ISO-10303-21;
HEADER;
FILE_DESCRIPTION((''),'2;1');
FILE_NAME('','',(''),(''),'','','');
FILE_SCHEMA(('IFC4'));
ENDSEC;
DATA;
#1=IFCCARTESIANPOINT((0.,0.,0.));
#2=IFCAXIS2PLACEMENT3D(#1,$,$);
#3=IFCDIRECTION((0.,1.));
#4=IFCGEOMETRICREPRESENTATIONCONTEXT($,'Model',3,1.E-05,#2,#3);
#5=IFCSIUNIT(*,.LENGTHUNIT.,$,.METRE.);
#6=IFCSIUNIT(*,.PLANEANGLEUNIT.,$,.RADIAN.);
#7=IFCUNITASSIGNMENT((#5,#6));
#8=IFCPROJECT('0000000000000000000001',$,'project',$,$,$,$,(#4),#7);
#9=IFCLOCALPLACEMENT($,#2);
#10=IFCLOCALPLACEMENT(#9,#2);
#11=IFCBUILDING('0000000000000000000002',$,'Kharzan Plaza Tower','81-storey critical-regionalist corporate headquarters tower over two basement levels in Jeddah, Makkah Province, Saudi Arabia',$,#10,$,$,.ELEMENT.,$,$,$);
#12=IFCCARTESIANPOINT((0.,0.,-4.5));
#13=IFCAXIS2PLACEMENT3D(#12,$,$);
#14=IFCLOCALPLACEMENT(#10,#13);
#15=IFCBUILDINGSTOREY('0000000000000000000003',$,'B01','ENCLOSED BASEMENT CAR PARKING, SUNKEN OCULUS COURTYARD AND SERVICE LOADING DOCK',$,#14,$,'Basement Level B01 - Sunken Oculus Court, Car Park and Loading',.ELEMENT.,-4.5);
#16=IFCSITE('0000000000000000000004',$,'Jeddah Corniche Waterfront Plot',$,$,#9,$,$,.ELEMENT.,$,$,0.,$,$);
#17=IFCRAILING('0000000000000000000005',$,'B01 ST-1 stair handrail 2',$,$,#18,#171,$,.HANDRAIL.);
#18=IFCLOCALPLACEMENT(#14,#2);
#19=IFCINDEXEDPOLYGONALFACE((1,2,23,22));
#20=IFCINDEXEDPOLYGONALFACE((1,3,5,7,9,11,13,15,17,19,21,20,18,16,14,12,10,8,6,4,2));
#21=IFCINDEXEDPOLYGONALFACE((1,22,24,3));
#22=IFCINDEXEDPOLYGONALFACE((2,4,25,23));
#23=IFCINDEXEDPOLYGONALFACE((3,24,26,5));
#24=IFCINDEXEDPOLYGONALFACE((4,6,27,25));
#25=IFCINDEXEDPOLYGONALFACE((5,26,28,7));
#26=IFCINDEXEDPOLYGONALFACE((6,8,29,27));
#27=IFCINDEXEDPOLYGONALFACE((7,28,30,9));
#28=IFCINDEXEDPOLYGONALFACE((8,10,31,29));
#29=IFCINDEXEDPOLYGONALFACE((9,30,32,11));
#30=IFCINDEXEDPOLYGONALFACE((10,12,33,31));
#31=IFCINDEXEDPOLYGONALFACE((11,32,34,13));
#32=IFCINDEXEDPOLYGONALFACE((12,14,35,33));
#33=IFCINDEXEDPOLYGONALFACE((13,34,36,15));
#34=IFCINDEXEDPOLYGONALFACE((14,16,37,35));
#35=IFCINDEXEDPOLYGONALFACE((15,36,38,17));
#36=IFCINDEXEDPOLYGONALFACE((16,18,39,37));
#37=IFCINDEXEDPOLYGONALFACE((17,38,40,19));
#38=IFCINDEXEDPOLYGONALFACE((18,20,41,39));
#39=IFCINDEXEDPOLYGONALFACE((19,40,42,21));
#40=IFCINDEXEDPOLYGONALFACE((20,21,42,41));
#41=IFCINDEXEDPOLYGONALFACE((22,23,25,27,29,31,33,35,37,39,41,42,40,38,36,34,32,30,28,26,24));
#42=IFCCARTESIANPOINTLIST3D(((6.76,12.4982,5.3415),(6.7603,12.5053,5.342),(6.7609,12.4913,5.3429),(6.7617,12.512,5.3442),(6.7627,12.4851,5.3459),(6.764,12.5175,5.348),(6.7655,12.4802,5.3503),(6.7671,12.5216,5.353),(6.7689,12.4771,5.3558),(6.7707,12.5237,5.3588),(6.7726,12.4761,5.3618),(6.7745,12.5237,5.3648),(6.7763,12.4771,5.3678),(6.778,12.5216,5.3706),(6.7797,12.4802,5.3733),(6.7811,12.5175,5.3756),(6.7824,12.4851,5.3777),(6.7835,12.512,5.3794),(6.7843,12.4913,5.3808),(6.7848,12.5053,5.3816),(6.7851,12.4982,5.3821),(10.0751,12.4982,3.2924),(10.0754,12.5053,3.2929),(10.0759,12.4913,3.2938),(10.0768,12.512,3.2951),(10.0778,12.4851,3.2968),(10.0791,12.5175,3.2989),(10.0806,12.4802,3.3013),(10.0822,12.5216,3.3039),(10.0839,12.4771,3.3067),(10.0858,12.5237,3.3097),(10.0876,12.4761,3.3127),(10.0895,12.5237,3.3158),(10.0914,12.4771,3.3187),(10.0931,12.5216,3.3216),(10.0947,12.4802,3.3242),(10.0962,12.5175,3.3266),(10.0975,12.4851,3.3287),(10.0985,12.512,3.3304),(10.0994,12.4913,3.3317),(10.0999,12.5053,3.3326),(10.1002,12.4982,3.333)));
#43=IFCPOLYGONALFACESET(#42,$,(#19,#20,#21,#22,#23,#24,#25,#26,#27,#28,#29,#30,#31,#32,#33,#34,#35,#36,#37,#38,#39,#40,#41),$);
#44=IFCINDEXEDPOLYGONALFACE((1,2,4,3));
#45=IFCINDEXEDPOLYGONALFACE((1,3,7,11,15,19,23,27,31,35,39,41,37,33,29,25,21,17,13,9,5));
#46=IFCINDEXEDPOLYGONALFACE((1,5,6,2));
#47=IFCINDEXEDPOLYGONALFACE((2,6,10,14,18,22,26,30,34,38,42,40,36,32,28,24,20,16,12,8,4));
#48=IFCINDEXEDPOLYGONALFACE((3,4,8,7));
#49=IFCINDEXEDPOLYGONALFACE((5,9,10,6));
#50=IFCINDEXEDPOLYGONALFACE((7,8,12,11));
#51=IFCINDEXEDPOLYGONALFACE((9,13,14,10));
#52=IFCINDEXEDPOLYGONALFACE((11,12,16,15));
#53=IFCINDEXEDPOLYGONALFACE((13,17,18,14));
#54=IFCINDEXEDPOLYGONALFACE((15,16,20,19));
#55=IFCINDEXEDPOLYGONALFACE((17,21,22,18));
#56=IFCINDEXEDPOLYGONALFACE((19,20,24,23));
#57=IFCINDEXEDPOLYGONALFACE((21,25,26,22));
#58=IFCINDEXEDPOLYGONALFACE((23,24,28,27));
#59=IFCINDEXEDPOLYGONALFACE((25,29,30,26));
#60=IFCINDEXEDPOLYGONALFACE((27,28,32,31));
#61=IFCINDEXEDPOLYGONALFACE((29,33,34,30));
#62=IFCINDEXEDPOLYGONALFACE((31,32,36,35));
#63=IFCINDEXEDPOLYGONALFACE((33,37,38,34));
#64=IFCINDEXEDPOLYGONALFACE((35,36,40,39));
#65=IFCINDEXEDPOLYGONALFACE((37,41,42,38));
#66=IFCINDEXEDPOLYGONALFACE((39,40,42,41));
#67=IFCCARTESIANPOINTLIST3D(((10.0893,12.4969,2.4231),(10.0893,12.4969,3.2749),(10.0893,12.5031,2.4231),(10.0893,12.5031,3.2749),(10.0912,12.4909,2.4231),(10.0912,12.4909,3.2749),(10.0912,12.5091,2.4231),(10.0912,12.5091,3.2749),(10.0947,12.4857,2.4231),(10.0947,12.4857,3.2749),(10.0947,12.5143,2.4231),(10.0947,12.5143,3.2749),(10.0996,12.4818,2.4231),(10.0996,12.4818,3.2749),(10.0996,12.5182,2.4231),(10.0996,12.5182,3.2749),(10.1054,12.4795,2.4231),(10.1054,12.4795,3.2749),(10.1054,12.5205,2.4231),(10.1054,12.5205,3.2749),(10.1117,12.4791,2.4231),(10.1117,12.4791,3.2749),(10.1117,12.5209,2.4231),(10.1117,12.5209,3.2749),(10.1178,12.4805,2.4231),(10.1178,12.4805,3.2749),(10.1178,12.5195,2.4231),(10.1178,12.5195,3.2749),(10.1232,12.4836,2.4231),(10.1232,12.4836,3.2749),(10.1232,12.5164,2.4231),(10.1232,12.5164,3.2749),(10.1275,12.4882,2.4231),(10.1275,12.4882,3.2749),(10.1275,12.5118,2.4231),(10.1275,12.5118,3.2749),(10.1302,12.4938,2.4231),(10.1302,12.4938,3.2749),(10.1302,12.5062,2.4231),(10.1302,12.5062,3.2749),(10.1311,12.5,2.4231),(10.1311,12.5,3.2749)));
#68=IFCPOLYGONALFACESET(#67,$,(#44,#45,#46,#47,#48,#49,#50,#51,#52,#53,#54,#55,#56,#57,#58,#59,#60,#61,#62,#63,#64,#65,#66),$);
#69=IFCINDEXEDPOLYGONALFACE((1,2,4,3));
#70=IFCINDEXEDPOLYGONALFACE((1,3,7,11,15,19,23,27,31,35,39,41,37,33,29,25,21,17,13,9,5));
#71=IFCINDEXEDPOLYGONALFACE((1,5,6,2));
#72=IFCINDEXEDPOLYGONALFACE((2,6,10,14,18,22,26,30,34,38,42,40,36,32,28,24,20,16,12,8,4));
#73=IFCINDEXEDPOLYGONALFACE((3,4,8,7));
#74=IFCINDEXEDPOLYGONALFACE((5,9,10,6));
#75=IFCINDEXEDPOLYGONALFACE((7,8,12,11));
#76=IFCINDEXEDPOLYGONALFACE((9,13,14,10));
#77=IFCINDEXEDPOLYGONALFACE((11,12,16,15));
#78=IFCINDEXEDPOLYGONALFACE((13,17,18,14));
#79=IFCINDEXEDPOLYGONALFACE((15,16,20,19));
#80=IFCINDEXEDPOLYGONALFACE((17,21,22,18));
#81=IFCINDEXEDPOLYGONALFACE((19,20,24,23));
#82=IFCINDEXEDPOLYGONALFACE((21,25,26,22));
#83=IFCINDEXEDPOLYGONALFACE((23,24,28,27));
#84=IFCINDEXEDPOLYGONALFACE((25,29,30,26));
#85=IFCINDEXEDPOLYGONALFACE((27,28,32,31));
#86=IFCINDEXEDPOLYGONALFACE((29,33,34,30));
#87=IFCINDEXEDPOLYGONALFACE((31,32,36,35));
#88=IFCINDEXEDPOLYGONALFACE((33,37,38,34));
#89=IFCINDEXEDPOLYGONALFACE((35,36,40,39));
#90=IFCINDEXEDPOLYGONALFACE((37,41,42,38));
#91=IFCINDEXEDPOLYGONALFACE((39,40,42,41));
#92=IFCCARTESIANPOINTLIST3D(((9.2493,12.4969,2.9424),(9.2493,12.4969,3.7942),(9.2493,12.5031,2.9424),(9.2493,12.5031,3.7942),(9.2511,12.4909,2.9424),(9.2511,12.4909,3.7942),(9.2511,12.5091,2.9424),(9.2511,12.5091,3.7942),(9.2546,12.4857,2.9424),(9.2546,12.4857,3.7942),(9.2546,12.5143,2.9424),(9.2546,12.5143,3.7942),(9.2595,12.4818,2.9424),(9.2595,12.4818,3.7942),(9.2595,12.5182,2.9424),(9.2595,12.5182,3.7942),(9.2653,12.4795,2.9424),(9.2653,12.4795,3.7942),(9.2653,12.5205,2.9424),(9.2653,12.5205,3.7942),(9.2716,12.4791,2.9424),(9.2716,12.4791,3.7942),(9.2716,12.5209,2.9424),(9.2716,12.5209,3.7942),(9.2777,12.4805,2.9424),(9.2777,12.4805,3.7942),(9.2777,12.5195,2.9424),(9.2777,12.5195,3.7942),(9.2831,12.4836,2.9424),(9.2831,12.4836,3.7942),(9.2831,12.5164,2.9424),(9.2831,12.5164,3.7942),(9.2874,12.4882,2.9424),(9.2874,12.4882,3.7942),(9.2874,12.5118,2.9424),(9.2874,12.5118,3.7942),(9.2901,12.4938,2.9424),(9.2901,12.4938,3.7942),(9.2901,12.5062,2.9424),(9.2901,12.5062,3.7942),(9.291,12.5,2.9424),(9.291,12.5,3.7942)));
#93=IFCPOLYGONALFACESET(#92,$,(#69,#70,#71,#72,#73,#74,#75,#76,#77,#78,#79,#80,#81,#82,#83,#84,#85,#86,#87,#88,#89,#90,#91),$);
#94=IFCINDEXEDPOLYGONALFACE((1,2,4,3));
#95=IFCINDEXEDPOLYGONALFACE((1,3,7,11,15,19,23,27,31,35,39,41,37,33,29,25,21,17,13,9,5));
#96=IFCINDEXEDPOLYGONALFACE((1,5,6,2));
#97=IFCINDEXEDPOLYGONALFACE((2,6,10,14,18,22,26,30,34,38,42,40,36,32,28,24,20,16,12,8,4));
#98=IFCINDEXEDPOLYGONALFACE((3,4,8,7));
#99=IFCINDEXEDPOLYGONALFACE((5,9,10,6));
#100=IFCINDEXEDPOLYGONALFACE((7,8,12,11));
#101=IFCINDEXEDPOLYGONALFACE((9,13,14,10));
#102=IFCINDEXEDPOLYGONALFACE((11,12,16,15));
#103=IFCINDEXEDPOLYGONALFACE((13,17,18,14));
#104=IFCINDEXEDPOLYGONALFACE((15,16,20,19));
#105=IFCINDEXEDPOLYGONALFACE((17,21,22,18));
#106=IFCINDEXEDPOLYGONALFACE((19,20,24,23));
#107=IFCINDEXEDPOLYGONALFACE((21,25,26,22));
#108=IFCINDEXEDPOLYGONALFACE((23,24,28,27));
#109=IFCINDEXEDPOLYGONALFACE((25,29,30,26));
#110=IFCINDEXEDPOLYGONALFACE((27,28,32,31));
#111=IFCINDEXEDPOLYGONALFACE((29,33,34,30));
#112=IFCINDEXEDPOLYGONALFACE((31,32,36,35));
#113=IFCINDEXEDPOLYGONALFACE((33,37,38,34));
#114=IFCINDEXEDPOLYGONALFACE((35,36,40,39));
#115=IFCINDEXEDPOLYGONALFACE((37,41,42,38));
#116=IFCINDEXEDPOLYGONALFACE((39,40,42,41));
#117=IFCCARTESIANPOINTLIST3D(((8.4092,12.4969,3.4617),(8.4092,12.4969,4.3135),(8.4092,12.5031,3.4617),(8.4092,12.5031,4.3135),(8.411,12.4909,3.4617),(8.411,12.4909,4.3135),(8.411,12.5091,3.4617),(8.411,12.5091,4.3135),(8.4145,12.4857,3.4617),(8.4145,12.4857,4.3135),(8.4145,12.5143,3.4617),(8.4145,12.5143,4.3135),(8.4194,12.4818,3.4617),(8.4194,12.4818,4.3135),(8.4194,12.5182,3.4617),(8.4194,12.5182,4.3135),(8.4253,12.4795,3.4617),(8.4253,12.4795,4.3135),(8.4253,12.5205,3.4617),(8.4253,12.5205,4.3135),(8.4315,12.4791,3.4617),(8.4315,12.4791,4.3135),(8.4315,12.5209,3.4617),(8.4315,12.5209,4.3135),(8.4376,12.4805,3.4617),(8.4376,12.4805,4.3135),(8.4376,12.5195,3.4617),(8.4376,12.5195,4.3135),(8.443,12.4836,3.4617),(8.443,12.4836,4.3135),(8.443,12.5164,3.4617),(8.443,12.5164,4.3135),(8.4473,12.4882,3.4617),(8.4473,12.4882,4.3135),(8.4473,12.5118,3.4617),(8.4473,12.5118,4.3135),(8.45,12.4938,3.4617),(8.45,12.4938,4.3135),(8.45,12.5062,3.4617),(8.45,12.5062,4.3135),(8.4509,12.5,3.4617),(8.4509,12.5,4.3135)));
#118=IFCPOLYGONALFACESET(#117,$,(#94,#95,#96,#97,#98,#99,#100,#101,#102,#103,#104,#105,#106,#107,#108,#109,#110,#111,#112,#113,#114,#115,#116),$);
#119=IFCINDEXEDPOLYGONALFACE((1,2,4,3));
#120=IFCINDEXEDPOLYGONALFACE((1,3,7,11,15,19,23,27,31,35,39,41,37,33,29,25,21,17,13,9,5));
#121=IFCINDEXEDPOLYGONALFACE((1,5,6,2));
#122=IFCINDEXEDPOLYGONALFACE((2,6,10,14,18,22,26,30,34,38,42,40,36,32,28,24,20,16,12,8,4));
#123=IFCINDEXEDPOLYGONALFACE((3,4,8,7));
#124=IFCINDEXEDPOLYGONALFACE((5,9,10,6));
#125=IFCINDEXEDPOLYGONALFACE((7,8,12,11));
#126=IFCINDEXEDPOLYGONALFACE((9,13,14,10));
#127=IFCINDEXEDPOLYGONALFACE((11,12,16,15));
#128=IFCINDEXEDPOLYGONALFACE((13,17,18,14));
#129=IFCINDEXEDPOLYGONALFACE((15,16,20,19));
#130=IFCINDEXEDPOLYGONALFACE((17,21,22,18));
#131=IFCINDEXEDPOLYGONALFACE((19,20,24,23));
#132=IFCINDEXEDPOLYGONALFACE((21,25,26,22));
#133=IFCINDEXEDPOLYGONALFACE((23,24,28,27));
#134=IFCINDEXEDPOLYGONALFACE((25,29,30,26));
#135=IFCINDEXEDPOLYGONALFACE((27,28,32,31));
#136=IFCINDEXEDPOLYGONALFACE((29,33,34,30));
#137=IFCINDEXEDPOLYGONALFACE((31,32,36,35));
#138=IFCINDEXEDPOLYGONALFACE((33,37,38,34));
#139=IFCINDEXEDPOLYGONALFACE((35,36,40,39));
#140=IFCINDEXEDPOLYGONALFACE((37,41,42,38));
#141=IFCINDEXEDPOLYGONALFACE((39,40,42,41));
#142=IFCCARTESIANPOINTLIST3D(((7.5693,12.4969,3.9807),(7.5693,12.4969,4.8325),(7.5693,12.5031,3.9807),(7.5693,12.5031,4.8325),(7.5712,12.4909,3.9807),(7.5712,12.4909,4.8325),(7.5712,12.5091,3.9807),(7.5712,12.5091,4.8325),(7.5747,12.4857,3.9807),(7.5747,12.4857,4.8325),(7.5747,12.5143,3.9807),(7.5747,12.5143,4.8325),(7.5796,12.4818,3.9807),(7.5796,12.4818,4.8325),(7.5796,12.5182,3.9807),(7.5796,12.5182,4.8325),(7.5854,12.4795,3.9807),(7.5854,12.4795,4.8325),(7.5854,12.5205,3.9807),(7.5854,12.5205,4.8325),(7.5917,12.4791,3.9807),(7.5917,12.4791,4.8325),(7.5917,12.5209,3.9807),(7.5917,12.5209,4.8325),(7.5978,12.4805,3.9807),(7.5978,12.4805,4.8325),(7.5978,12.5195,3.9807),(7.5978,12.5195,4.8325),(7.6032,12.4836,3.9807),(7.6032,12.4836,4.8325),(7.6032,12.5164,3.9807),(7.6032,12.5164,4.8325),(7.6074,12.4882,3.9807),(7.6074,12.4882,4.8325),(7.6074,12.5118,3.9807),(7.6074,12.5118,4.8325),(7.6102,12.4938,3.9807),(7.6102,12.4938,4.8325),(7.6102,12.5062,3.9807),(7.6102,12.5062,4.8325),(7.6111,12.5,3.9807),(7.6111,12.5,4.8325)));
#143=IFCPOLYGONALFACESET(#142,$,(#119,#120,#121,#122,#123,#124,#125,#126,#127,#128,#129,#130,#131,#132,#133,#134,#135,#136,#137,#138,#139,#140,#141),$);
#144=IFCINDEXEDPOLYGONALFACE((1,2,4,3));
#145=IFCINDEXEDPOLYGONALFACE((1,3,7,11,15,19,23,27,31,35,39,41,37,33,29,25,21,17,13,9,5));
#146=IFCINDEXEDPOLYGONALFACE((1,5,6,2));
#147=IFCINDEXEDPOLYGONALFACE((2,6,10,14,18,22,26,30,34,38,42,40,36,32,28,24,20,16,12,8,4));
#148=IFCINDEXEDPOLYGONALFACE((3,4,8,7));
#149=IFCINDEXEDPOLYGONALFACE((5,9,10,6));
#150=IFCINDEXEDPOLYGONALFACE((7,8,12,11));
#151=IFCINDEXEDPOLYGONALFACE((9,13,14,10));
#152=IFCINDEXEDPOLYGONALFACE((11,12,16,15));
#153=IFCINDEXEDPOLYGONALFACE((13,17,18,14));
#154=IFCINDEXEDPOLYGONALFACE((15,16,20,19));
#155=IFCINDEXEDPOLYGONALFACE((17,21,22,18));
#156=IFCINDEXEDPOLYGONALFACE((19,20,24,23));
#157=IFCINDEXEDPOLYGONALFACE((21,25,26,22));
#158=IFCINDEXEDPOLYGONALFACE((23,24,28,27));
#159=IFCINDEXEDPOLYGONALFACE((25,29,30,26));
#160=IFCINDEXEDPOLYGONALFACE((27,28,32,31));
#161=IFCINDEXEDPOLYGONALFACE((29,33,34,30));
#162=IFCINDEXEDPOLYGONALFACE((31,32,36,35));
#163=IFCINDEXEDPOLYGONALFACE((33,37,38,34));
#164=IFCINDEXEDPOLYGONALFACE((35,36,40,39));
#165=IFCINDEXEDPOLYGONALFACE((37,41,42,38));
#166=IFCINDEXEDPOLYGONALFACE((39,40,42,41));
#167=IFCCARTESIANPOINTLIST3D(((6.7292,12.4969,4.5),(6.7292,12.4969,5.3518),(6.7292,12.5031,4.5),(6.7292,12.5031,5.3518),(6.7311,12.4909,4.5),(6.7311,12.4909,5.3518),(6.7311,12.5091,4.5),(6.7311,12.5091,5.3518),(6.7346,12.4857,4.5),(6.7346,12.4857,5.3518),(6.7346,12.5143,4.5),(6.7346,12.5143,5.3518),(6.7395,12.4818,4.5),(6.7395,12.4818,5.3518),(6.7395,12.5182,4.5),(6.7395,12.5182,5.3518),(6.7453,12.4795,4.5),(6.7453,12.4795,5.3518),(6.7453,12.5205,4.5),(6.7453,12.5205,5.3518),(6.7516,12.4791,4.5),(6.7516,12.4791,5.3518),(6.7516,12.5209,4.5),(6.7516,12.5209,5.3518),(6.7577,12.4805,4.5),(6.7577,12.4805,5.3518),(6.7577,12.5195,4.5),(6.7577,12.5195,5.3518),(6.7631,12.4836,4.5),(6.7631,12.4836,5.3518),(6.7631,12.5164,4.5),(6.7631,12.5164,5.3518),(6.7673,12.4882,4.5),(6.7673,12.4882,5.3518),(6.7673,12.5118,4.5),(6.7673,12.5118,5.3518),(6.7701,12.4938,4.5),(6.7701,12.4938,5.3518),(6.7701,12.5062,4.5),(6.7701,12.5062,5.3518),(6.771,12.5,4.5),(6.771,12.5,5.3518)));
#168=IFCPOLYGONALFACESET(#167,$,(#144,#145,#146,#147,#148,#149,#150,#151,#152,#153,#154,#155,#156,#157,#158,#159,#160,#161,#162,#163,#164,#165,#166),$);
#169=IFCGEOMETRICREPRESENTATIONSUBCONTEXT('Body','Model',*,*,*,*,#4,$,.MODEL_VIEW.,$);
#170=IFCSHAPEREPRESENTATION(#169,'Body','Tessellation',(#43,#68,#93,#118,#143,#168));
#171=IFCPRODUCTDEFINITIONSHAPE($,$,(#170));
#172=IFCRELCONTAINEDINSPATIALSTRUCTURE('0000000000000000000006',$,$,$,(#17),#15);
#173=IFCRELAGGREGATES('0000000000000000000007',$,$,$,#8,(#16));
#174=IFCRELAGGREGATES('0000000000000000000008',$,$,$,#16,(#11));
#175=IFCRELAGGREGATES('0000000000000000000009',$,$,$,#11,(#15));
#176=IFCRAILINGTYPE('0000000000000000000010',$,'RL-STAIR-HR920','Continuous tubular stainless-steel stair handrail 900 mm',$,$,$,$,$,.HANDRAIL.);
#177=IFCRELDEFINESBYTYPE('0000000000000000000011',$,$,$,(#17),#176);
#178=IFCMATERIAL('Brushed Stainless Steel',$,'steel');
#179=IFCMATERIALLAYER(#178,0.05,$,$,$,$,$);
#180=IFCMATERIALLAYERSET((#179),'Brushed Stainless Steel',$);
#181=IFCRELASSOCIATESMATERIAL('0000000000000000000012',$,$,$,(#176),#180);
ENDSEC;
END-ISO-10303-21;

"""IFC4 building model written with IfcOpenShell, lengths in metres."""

from ifc_helpers import new_model, si_unit, direction, frame, origin, origin_2d, place, context, subcontext, project, spatial, circle, extrude, source, transform, mapped, material, layer, layer_set, type_object, element, save


model = new_model("IFC4")

# Units and contexts
model_context = context("Model", 3, precision=1e-05, world=origin(), true_north=direction((0.0, 1.0)))
body_context = subcontext(model_context, "Body", "Model", "MODEL_VIEW")
ifc_project = project(units=[si_unit("LENGTHUNIT", "METRE"), si_unit("PLANEANGLEUNIT", "RADIAN")], contexts=[model_context])

# Site, building, storey
site_placement = place(None, origin())
site = spatial("IfcSite", under=ifc_project, at=site_placement, Name="Jeddah Corniche Waterfront Plot", CompositionType="ELEMENT", RefElevation=0.0)
building_placement = place(site_placement, origin())
building = spatial("IfcBuilding", under=site, at=building_placement, Name="Kharzan Plaza Tower", Description="81-storey critical-regionalist corporate headquarters tower over two basement levels in Jeddah, Makkah Province, Saudi Arabia", CompositionType="ELEMENT")
storey_placement = place(building_placement, frame((0.0, 0.0, -4.5)))
storey = spatial("IfcBuildingStorey", under=building, at=storey_placement, Name="B01", Description="ENCLOSED BASEMENT CAR PARKING, SUNKEN OCULUS COURTYARD AND SERVICE LOADING DOCK", LongName="Basement Level B01 - Sunken Oculus Court, Car Park and Loading", CompositionType="ELEMENT", Elevation=-4.5)

# Shared definitions
ifc_material_1 = material(Name="Brushed Stainless Steel", Category="steel")

# Railing
ifc_layer_1 = layer(ifc_material_1, 0.05)
ifc_layer_set_1 = layer_set([ifc_layer_1], Name="Brushed Stainless Steel")
railing_type_1 = type_object("IfcRailingType", Name="RL-STAIR-HR920", Description="Continuous tubular stainless-steel stair handrail 900 mm", PredefinedType="HANDRAIL", material=ifc_layer_set_1)
shared_shape_1 = source(origin(), body_context, "Body", "SweptSolid", [
    extrude(circle(Radius=0.0239, at=origin_2d()), frame((-0.0225, 0.0, 0.8896), z_axis=(-0.850623, 0.0, 0.525776), x_axis=(0.0, -1.0, 0.0)), (0.0, 0.0, 1.0), 3.8972),
    extrude(circle(Radius=0.021, at=origin_2d()), origin(), (0.0, 0.0, 1.0), 0.8518),
    extrude(circle(Radius=0.021, at=origin_2d()), frame((-0.8401, 0.0, 0.5193)), (0.0, 0.0, 1.0), 0.8518),
    extrude(circle(Radius=0.021, at=origin_2d()), frame((-1.6802, 0.0, 1.0386)), (0.0, 0.0, 1.0), 0.8518),
    extrude(circle(Radius=0.021, at=origin_2d()), frame((-2.52, 0.0, 1.5576)), (0.0, 0.0, 1.0), 0.8518),
    extrude(circle(Radius=0.021, at=origin_2d()), frame((-3.3601, 0.0, 2.0769)), (0.0, 0.0, 1.0), 0.8518),
])
railing_1_placement = place(storey_placement, frame((10.1101, 12.5, 2.4231)))
element("IfcRailing", 1, at=railing_1_placement, inside=storey, type_object=railing_type_1, Name="B01 ST-1 stair handrail 2", PredefinedType="HANDRAIL", context=body_context, shape_type="MappedRepresentation", body=[
    mapped(shared_shape_1, transform((0.0, 0.0, 0.0), x_axis=(1.0, 0.0, 0.0), y_axis=(0.0, 1.0, 0.0), z_axis=(0.0, 0.0, 1.0))),
])

save(model, "model.ifc")
